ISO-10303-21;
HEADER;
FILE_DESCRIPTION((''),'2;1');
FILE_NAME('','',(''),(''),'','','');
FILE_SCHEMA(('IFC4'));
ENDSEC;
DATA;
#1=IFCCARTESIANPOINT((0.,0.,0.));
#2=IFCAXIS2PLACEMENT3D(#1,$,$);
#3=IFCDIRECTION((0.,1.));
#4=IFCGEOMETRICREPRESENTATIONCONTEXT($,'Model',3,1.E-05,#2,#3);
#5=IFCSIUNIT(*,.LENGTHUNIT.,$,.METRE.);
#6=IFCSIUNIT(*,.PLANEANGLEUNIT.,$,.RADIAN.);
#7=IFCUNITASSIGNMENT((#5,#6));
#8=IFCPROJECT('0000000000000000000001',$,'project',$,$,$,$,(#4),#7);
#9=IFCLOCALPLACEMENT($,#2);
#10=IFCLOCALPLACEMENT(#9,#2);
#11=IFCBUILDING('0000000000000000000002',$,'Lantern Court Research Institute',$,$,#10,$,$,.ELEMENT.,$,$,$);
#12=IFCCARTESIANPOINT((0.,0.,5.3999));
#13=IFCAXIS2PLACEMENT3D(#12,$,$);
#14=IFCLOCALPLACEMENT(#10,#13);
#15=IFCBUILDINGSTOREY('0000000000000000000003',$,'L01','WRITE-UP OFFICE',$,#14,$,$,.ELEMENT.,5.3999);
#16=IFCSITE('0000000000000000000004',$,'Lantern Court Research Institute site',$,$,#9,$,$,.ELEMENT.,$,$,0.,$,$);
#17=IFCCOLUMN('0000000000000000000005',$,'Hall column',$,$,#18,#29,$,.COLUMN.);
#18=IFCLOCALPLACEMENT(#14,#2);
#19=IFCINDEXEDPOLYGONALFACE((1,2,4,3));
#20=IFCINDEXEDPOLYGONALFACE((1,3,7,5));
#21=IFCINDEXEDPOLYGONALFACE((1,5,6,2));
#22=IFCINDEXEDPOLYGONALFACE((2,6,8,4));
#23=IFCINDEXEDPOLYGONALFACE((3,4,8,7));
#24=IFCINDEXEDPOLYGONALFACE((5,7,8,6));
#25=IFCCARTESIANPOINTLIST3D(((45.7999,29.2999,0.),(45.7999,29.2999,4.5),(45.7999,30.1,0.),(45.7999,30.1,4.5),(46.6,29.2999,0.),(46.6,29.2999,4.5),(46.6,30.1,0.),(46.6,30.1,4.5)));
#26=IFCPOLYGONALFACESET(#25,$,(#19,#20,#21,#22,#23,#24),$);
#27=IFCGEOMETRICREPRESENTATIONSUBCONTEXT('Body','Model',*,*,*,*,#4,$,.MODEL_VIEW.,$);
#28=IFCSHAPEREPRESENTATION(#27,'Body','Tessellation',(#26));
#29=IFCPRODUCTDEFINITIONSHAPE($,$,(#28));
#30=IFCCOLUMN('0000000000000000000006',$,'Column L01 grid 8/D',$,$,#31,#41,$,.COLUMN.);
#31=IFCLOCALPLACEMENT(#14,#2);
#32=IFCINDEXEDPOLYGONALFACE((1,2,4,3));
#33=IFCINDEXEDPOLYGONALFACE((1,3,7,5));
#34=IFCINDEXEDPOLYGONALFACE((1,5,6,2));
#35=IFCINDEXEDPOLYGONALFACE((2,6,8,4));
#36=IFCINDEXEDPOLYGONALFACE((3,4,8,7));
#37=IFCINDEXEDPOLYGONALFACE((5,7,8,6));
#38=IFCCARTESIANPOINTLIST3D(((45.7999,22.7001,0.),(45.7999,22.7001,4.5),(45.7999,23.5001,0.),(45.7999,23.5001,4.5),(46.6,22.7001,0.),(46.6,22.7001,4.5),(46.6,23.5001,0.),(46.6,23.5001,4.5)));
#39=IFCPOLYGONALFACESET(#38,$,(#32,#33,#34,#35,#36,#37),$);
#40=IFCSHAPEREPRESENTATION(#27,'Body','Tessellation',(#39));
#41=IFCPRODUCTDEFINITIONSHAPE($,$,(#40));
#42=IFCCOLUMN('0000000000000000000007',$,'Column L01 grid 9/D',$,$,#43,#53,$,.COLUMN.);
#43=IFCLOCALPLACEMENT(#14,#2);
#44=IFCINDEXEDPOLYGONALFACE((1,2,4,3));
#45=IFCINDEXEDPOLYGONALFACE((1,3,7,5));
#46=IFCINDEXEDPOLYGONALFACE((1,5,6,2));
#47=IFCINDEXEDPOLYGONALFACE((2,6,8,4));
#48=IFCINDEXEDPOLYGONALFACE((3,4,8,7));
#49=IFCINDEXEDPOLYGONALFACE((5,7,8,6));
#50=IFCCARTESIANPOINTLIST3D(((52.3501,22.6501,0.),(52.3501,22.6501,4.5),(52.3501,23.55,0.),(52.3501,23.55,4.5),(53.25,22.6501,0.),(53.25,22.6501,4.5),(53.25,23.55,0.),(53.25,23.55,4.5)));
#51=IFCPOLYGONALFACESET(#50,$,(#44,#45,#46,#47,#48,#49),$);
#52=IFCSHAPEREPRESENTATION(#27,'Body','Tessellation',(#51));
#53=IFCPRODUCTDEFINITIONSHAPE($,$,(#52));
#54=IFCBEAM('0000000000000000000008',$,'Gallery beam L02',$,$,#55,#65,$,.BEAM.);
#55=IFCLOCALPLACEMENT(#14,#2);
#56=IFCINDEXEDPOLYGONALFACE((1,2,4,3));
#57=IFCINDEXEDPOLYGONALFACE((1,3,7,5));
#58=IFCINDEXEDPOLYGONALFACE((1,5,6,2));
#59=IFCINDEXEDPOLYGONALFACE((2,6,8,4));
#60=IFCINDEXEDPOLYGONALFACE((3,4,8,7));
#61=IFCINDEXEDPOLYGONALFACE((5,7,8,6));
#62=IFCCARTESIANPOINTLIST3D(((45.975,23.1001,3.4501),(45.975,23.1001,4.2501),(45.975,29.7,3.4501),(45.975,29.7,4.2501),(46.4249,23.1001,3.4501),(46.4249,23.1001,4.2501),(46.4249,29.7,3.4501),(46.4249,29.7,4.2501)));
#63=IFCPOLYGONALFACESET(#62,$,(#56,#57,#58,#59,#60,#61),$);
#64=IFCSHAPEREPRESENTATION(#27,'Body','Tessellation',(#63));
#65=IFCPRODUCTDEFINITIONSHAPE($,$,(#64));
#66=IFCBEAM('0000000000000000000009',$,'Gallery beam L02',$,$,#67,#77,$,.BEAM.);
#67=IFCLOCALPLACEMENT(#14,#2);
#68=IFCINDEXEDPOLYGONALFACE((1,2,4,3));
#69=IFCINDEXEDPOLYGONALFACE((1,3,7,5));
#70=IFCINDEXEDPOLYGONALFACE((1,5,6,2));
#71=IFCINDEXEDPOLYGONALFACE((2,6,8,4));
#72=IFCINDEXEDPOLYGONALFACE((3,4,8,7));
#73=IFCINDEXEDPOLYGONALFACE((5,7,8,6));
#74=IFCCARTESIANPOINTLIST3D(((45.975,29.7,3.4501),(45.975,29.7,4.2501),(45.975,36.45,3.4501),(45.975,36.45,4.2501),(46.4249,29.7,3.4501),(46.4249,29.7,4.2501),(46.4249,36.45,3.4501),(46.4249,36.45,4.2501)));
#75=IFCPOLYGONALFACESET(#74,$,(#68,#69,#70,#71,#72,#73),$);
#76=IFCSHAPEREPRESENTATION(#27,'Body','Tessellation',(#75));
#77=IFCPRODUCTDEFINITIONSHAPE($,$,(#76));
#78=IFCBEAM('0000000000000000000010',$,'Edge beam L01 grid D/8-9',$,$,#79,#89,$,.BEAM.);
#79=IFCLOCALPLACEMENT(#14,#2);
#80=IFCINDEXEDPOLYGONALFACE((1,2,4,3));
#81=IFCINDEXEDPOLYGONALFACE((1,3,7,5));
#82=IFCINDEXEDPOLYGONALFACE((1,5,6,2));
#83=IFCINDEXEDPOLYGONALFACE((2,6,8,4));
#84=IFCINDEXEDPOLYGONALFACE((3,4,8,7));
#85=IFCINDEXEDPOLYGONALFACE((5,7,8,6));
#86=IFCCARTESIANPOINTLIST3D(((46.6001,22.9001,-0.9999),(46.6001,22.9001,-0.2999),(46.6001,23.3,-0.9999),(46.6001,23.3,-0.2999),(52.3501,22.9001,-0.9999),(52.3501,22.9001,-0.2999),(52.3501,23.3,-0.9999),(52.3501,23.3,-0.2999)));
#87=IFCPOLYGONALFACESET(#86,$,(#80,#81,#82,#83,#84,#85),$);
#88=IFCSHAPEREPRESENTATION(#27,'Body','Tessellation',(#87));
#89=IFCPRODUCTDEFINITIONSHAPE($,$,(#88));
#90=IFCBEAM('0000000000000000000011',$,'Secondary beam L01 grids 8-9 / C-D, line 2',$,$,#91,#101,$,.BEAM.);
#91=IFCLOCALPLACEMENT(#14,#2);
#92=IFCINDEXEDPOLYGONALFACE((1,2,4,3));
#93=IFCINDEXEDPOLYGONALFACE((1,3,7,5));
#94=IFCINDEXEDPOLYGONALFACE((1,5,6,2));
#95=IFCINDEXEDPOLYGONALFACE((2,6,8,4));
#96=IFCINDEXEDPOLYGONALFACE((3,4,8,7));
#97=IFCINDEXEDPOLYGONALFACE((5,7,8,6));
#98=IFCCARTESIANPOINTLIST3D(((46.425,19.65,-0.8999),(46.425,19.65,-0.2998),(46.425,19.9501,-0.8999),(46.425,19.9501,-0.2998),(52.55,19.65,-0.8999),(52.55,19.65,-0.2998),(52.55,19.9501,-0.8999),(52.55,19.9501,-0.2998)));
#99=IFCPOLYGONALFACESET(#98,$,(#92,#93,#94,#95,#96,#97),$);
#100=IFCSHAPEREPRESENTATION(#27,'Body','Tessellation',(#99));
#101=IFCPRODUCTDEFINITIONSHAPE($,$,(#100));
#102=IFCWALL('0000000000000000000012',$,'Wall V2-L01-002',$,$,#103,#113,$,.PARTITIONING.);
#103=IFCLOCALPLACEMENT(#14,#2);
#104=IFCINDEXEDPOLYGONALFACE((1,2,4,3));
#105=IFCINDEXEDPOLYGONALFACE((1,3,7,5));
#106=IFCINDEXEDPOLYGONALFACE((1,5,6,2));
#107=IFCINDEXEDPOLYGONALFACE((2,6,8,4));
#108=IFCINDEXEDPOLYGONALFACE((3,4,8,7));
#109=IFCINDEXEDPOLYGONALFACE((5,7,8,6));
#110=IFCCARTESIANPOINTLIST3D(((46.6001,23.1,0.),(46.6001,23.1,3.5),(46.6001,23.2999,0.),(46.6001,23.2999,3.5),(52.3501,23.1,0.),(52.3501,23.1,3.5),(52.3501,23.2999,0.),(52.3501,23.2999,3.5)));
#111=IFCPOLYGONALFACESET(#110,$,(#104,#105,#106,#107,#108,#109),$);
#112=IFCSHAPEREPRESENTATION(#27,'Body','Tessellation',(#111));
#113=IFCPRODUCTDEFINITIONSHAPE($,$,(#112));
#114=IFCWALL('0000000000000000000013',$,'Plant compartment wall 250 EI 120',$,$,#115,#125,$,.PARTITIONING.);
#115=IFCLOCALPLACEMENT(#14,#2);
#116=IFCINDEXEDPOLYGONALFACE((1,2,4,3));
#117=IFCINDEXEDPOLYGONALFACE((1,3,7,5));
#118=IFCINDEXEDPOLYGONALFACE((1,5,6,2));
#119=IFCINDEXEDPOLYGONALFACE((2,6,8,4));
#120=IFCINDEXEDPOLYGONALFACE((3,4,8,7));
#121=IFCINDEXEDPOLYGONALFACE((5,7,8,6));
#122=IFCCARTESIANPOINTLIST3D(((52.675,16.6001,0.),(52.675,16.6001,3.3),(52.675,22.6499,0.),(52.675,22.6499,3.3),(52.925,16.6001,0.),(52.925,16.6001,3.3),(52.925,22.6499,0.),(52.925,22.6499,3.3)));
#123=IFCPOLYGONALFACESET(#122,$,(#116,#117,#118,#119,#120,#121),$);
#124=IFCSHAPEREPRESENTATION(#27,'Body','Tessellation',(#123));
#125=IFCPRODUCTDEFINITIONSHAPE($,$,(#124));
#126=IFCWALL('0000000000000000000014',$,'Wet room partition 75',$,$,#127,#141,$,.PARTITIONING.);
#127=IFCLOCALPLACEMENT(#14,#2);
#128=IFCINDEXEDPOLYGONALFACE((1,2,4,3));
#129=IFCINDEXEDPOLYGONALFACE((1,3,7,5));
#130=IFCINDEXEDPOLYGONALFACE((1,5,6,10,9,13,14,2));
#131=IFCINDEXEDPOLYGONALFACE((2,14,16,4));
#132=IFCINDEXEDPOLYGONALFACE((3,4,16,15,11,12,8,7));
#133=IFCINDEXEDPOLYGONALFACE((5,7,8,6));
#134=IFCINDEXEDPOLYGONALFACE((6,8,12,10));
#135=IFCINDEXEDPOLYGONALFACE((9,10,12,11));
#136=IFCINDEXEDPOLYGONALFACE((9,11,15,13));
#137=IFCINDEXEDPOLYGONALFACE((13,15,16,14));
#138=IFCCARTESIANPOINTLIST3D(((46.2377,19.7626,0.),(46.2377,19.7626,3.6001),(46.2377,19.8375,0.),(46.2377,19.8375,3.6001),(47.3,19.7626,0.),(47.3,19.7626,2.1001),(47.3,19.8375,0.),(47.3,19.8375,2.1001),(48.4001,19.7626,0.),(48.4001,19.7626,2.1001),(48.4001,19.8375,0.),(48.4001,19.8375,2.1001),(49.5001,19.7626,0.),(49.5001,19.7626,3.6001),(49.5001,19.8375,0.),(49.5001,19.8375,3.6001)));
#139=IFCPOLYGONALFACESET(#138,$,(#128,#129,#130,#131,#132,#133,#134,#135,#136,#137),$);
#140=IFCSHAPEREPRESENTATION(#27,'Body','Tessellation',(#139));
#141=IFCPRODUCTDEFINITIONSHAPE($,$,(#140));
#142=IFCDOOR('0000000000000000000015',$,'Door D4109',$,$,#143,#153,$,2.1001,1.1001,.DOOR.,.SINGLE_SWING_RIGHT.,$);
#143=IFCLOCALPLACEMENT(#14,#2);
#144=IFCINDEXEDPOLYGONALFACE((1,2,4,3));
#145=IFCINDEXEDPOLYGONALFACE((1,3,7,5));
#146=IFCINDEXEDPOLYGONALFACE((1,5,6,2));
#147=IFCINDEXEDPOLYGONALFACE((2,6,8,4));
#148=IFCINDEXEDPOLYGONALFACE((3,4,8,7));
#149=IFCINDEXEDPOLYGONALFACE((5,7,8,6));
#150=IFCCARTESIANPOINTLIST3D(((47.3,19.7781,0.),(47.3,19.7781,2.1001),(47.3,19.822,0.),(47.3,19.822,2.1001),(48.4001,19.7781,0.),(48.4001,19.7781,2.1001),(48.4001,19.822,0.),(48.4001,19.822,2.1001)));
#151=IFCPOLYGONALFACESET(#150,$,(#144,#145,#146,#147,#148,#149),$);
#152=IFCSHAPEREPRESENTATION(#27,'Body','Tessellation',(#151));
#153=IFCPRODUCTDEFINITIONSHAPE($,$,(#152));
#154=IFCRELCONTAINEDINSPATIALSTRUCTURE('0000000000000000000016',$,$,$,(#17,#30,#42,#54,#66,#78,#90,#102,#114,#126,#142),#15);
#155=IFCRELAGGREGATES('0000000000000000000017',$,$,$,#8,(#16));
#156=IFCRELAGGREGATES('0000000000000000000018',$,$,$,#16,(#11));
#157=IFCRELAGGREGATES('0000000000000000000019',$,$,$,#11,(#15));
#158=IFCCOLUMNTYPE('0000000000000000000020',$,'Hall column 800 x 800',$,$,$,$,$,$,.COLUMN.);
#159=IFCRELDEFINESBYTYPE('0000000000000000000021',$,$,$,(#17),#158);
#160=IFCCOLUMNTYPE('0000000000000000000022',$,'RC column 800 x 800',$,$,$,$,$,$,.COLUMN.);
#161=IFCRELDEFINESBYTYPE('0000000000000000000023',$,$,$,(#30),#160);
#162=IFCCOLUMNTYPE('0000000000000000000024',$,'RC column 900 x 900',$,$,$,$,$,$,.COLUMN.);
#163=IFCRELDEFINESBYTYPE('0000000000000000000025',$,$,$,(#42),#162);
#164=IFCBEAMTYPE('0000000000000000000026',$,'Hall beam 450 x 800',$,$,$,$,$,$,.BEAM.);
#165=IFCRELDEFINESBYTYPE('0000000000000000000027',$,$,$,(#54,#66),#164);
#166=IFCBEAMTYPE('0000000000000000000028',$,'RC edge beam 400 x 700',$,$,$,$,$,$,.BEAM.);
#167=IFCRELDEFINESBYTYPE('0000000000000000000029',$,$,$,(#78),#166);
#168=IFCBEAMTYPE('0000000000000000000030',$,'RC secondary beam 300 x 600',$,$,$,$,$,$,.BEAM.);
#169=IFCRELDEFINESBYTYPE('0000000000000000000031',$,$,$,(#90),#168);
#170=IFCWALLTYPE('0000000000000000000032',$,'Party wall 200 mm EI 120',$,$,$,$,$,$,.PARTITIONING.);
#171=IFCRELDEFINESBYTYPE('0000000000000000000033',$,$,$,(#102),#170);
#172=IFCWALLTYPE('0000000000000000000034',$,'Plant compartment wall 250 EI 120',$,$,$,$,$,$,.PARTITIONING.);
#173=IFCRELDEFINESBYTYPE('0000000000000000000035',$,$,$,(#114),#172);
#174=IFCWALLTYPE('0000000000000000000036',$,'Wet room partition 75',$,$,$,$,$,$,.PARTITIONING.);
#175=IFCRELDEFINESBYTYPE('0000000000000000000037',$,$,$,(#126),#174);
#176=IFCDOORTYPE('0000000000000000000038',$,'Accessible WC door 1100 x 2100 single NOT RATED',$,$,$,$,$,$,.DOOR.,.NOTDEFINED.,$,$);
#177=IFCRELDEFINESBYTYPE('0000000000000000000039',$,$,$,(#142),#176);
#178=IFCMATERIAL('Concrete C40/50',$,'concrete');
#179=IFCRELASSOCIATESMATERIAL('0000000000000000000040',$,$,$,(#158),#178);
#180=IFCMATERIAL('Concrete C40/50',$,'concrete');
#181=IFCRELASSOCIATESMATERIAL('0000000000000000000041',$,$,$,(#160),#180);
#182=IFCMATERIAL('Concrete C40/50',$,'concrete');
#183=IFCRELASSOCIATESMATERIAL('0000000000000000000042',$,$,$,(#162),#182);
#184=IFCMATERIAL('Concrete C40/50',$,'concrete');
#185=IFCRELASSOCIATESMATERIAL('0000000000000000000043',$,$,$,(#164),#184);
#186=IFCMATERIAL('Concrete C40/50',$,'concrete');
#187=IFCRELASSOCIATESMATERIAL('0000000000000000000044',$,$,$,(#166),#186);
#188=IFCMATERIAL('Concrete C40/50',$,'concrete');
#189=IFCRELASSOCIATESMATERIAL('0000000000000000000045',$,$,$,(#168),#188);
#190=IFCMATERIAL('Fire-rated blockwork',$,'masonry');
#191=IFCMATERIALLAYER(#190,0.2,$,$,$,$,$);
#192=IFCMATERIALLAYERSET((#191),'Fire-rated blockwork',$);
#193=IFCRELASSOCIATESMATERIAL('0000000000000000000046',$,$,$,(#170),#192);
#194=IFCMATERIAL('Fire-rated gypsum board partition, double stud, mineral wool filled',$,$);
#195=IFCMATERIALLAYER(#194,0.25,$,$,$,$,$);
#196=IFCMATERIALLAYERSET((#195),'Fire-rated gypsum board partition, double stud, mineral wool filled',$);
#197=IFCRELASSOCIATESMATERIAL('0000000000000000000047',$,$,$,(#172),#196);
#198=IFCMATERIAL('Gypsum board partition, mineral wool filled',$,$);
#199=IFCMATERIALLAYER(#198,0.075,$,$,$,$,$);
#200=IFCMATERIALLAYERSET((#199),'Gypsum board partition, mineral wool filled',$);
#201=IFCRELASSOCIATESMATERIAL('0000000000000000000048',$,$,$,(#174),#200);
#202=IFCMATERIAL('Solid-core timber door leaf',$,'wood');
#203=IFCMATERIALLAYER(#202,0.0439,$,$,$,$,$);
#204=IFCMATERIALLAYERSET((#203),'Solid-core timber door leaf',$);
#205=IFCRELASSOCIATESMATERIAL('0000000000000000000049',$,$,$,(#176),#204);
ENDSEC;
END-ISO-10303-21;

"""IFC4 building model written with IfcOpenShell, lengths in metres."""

from ifc_helpers import new_model, si_unit, direction, frame, frame_2d, origin, origin_2d, place, context, subcontext, project, spatial, rectangle, extrude, material, layer, layer_set, material_profile, profile_set, type_object, element, fill, save


model = new_model("IFC4")

# Units and contexts
model_context = context("Model", 3, precision=1e-05, world=origin(), true_north=direction((0.0, 1.0)))
body_context = subcontext(model_context, "Body", "Model", "MODEL_VIEW")
ifc_project = project(units=[si_unit("LENGTHUNIT", "METRE"), si_unit("PLANEANGLEUNIT", "RADIAN")], contexts=[model_context])

# Site, building, storey
site_placement = place(None, origin())
site = spatial("IfcSite", under=ifc_project, at=site_placement, Name="Lantern Court Research Institute site", CompositionType="ELEMENT", RefElevation=0.0)
building_placement = place(site_placement, origin())
building = spatial("IfcBuilding", under=site, at=building_placement, Name="Lantern Court Research Institute", CompositionType="ELEMENT")
storey_placement = place(building_placement, frame((0.0, 0.0, 5.3999)))
storey = spatial("IfcBuildingStorey", under=building, at=storey_placement, Name="L01", Description="WRITE-UP OFFICE", CompositionType="ELEMENT", Elevation=5.3999)

# Columns
ifc_material_1 = material(Name="Concrete C40/50", Category="concrete")
ifc_material_profile_1 = material_profile(ifc_material_1, rectangle(XDim=0.8, YDim=0.8, at=origin_2d()), Name="Hall column 800 x 800")
ifc_profile_set_1 = profile_set([ifc_material_profile_1], Name="Concrete C40/50")
column_type_1 = type_object("IfcColumnType", Name="Hall column 800 x 800", PredefinedType="COLUMN", material=ifc_profile_set_1)
column_1_placement = place(storey_placement, frame((46.2, 29.7, 0.0), z_axis=(0.0, 0.0, 1.0), x_axis=(1.0, 0.0, 0.0)))
element("IfcColumn", 1, at=column_1_placement, inside=storey, type_object=column_type_1, Name="Hall column", PredefinedType="COLUMN", context=body_context, shape_type="SweptSolid", body=[
    extrude(rectangle(XDim=0.8, YDim=0.8, at=origin_2d()), origin(), (0.0, 0.0, 1.0), 4.5),
])
ifc_material_2 = material(Name="Concrete C40/50", Category="concrete")
ifc_material_profile_2 = material_profile(ifc_material_2, rectangle(XDim=0.8, YDim=0.8, at=origin_2d()), Name="RC column 800 x 800")
ifc_profile_set_2 = profile_set([ifc_material_profile_2], Name="Concrete C40/50")
column_type_2 = type_object("IfcColumnType", Name="RC column 800 x 800", PredefinedType="COLUMN", material=ifc_profile_set_2)
column_2_placement = place(storey_placement, frame((46.2, 23.1001, 0.0), z_axis=(0.0, 0.0, 1.0), x_axis=(1.0, 0.0, 0.0)))
element("IfcColumn", 2, at=column_2_placement, inside=storey, type_object=column_type_2, Name="Column L01 grid 8/D", PredefinedType="COLUMN", context=body_context, shape_type="SweptSolid", body=[
    extrude(rectangle(XDim=0.8, YDim=0.8, at=origin_2d()), origin(), (0.0, 0.0, 1.0), 4.5),
])
ifc_material_3 = material(Name="Concrete C40/50", Category="concrete")
ifc_material_profile_3 = material_profile(ifc_material_3, rectangle(XDim=0.8999, YDim=0.8999, at=origin_2d()), Name="RC column 900 x 900")
ifc_profile_set_3 = profile_set([ifc_material_profile_3], Name="Concrete C40/50")
column_type_3 = type_object("IfcColumnType", Name="RC column 900 x 900", PredefinedType="COLUMN", material=ifc_profile_set_3)
column_3_placement = place(storey_placement, frame((52.8, 23.1001, 0.0), z_axis=(0.0, 0.0, 1.0), x_axis=(1.0, 0.0, 0.0)))
element("IfcColumn", 3, at=column_3_placement, inside=storey, type_object=column_type_3, Name="Column L01 grid 9/D", PredefinedType="COLUMN", context=body_context, shape_type="SweptSolid", body=[
    extrude(rectangle(XDim=0.8999, YDim=0.8999, at=origin_2d()), origin(), (0.0, 0.0, 1.0), 4.5),
])

# Beams
ifc_material_4 = material(Name="Concrete C40/50", Category="concrete")
ifc_material_profile_4 = material_profile(ifc_material_4, rectangle(XDim=0.45, YDim=0.8, at=origin_2d()), Name="Hall beam 450 x 800")
ifc_profile_set_4 = profile_set([ifc_material_profile_4], Name="Concrete C40/50")
beam_type_1 = type_object("IfcBeamType", Name="Hall beam 450 x 800", PredefinedType="BEAM", material=ifc_profile_set_4)
beam_1_placement = place(storey_placement, frame((46.2, 23.1001, 3.8501), z_axis=(0.0, 1.0, 0.0), x_axis=(-1.0, 0.0, 0.0)))
element("IfcBeam", 4, at=beam_1_placement, inside=storey, type_object=beam_type_1, Name="Gallery beam L02", PredefinedType="BEAM", context=body_context, shape_type="SweptSolid", body=[
    extrude(rectangle(XDim=0.45, YDim=0.8, at=origin_2d()), origin(), (0.0, 0.0, 1.0), 6.5999),
])
beam_2_placement = place(storey_placement, frame((46.2, 29.7, 3.8501), z_axis=(0.0, 1.0, 0.0), x_axis=(-1.0, 0.0, 0.0)))
element("IfcBeam", 5, at=beam_2_placement, inside=storey, type_object=beam_type_1, Name="Gallery beam L02", PredefinedType="BEAM", context=body_context, shape_type="SweptSolid", body=[
    extrude(rectangle(XDim=0.45, YDim=0.8, at=origin_2d()), origin(), (0.0, 0.0, 1.0), 6.75),
])
ifc_material_5 = material(Name="Concrete C40/50", Category="concrete")
ifc_material_profile_5 = material_profile(ifc_material_5, rectangle(XDim=0.3999, YDim=0.7, at=origin_2d()), Name="RC beam 400 x 700")
ifc_profile_set_5 = profile_set([ifc_material_profile_5], Name="Concrete C40/50")
beam_type_2 = type_object("IfcBeamType", Name="RC edge beam 400 x 700", PredefinedType="BEAM", material=ifc_profile_set_5)
beam_3_placement = place(storey_placement, frame((46.6001, 23.1001, -0.6499), z_axis=(1.0, 0.0, 0.0), x_axis=(0.0, 1.0, 0.0)))
element("IfcBeam", 6, at=beam_3_placement, inside=storey, type_object=beam_type_2, Name="Edge beam L01 grid D/8-9", PredefinedType="BEAM", context=body_context, shape_type="SweptSolid", body=[
    extrude(rectangle(XDim=0.3999, YDim=0.7, at=origin_2d()), origin(), (0.0, 0.0, 1.0), 5.75),
])
ifc_material_6 = material(Name="Concrete C40/50", Category="concrete")
ifc_material_profile_6 = material_profile(ifc_material_6, rectangle(XDim=0.3, YDim=0.6001, at=origin_2d()), Name="RC beam 300 x 600")
ifc_profile_set_6 = profile_set([ifc_material_profile_6], Name="Concrete C40/50")
beam_type_3 = type_object("IfcBeamType", Name="RC secondary beam 300 x 600", PredefinedType="BEAM", material=ifc_profile_set_6)
beam_4_placement = place(storey_placement, frame((46.425, 19.8, -0.5999), z_axis=(1.0, 0.0, 0.0), x_axis=(0.0, 1.0, 0.0)))
element("IfcBeam", 7, at=beam_4_placement, inside=storey, type_object=beam_type_3, Name="Secondary beam L01 grids 8-9 / C-D, line 2", PredefinedType="BEAM", context=body_context, shape_type="SweptSolid", body=[
    extrude(rectangle(XDim=0.3, YDim=0.6001, at=origin_2d()), origin(), (0.0, 0.0, 1.0), 6.125),
])

# Walls
ifc_material_7 = material(Name="Fire-rated blockwork", Category="masonry")
ifc_layer_1 = layer(ifc_material_7, 0.2)
ifc_layer_set_1 = layer_set([ifc_layer_1], Name="Fire-rated blockwork")
wall_type_1 = type_object("IfcWallType", Name="Party wall 200 mm EI 120", PredefinedType="PARTITIONING", material=ifc_layer_set_1)
wall_1_placement = place(storey_placement, frame((46.6001, 23.2, 0.0), z_axis=(0.0, 0.0, 1.0), x_axis=(1.0, 0.0, 0.0)))
element("IfcWall", 8, at=wall_1_placement, inside=storey, type_object=wall_type_1, Name="Wall V2-L01-002", PredefinedType="PARTITIONING", context=body_context, shape_type="SweptSolid", body=[
    extrude(rectangle(XDim=5.75, YDim=0.2, at=frame_2d((2.875, 0.0))), origin(), (0.0, 0.0, 1.0), 3.5),
])
ifc_material_8 = material(Name="Fire-rated gypsum board partition, double stud, mineral wool filled")
ifc_layer_2 = layer(ifc_material_8, 0.25)
ifc_layer_set_2 = layer_set([ifc_layer_2], Name="Fire-rated gypsum board partition, double stud, mineral wool filled")
wall_type_2 = type_object("IfcWallType", Name="Plant compartment wall 250 EI 120", PredefinedType="PARTITIONING", material=ifc_layer_set_2)
wall_2_placement = place(storey_placement, frame((52.8, 16.6001, 0.0), z_axis=(0.0, 0.0, 1.0), x_axis=(0.0, 1.0, 0.0)))
element("IfcWall", 9, at=wall_2_placement, inside=storey, type_object=wall_type_2, Name="Plant compartment wall 250 EI 120", PredefinedType="PARTITIONING", context=body_context, shape_type="SweptSolid", body=[
    extrude(rectangle(XDim=6.0498, YDim=0.25, at=frame_2d((3.0249, 0.0))), origin(), (0.0, 0.0, 1.0), 3.3),
])

# Wall, opening, door
ifc_material_9 = material(Name="Gypsum board partition, mineral wool filled")
ifc_layer_3 = layer(ifc_material_9, 0.075)
ifc_layer_set_3 = layer_set([ifc_layer_3], Name="Gypsum board partition, mineral wool filled")
wall_type_3 = type_object("IfcWallType", Name="Wet room partition 75", PredefinedType="PARTITIONING", material=ifc_layer_set_3)
wall_3_placement = place(storey_placement, frame((46.2375, 19.8, 0.0), z_axis=(0.0, 0.0, 1.0), x_axis=(1.0, 0.0, 0.0)))
wall_3 = element("IfcWall", 10, at=wall_3_placement, inside=storey, type_object=wall_type_3, Name="Wet room partition 75", PredefinedType="PARTITIONING", context=body_context, shape_type="SweptSolid", body=[
    extrude(rectangle(XDim=3.2625, YDim=0.075, at=frame_2d((1.6313, 0.0))), origin(), (0.0, 0.0, 1.0), 3.6001),
])
opening_1_placement = place(wall_3_placement, frame((1.0625, 0.0, 0.0)))
opening_1 = element("IfcOpeningElement", 11, at=opening_1_placement, cuts=wall_3, PredefinedType="OPENING", context=body_context, shape_type="SweptSolid", body=[
    extrude(rectangle(XDim=1.1001, YDim=2.1001, at=frame_2d((0.55, 1.05))), frame((0.0, 0.0474, 0.0), z_axis=(0.0, -1.0, 0.0), x_axis=(1.0, 0.0, 0.0)), (0.0, 0.0, 1.0), 0.095),
])
ifc_material_10 = material(Name="Solid-core timber door leaf", Category="wood")
ifc_layer_4 = layer(ifc_material_10, 0.0439)
ifc_layer_set_4 = layer_set([ifc_layer_4], Name="Solid-core timber door leaf")
door_type_1 = type_object("IfcDoorType", Name="Accessible WC door 1100 x 2100 single NOT RATED", OperationType="NOTDEFINED", PredefinedType="DOOR", material=ifc_layer_set_4)
door_1_placement = place(opening_1_placement, origin())
door_1 = element("IfcDoor", 12, at=door_1_placement, inside=storey, type_object=door_type_1, Name="Door D4109", OperationType="SINGLE_SWING_RIGHT", OverallHeight=2.1001, OverallWidth=1.1001, PredefinedType="DOOR", context=body_context, shape_type="SweptSolid", body=[
    extrude(rectangle(XDim=1.1001, YDim=2.1001, at=frame_2d((0.55, 1.05))), frame((0.0, 0.022, 0.0), z_axis=(0.0, -1.0, 0.0), x_axis=(1.0, 0.0, 0.0)), (0.0, 0.0, 1.0), 0.0439),
])
fill(opening_1, door_1)

save(model, "model.ifc")
